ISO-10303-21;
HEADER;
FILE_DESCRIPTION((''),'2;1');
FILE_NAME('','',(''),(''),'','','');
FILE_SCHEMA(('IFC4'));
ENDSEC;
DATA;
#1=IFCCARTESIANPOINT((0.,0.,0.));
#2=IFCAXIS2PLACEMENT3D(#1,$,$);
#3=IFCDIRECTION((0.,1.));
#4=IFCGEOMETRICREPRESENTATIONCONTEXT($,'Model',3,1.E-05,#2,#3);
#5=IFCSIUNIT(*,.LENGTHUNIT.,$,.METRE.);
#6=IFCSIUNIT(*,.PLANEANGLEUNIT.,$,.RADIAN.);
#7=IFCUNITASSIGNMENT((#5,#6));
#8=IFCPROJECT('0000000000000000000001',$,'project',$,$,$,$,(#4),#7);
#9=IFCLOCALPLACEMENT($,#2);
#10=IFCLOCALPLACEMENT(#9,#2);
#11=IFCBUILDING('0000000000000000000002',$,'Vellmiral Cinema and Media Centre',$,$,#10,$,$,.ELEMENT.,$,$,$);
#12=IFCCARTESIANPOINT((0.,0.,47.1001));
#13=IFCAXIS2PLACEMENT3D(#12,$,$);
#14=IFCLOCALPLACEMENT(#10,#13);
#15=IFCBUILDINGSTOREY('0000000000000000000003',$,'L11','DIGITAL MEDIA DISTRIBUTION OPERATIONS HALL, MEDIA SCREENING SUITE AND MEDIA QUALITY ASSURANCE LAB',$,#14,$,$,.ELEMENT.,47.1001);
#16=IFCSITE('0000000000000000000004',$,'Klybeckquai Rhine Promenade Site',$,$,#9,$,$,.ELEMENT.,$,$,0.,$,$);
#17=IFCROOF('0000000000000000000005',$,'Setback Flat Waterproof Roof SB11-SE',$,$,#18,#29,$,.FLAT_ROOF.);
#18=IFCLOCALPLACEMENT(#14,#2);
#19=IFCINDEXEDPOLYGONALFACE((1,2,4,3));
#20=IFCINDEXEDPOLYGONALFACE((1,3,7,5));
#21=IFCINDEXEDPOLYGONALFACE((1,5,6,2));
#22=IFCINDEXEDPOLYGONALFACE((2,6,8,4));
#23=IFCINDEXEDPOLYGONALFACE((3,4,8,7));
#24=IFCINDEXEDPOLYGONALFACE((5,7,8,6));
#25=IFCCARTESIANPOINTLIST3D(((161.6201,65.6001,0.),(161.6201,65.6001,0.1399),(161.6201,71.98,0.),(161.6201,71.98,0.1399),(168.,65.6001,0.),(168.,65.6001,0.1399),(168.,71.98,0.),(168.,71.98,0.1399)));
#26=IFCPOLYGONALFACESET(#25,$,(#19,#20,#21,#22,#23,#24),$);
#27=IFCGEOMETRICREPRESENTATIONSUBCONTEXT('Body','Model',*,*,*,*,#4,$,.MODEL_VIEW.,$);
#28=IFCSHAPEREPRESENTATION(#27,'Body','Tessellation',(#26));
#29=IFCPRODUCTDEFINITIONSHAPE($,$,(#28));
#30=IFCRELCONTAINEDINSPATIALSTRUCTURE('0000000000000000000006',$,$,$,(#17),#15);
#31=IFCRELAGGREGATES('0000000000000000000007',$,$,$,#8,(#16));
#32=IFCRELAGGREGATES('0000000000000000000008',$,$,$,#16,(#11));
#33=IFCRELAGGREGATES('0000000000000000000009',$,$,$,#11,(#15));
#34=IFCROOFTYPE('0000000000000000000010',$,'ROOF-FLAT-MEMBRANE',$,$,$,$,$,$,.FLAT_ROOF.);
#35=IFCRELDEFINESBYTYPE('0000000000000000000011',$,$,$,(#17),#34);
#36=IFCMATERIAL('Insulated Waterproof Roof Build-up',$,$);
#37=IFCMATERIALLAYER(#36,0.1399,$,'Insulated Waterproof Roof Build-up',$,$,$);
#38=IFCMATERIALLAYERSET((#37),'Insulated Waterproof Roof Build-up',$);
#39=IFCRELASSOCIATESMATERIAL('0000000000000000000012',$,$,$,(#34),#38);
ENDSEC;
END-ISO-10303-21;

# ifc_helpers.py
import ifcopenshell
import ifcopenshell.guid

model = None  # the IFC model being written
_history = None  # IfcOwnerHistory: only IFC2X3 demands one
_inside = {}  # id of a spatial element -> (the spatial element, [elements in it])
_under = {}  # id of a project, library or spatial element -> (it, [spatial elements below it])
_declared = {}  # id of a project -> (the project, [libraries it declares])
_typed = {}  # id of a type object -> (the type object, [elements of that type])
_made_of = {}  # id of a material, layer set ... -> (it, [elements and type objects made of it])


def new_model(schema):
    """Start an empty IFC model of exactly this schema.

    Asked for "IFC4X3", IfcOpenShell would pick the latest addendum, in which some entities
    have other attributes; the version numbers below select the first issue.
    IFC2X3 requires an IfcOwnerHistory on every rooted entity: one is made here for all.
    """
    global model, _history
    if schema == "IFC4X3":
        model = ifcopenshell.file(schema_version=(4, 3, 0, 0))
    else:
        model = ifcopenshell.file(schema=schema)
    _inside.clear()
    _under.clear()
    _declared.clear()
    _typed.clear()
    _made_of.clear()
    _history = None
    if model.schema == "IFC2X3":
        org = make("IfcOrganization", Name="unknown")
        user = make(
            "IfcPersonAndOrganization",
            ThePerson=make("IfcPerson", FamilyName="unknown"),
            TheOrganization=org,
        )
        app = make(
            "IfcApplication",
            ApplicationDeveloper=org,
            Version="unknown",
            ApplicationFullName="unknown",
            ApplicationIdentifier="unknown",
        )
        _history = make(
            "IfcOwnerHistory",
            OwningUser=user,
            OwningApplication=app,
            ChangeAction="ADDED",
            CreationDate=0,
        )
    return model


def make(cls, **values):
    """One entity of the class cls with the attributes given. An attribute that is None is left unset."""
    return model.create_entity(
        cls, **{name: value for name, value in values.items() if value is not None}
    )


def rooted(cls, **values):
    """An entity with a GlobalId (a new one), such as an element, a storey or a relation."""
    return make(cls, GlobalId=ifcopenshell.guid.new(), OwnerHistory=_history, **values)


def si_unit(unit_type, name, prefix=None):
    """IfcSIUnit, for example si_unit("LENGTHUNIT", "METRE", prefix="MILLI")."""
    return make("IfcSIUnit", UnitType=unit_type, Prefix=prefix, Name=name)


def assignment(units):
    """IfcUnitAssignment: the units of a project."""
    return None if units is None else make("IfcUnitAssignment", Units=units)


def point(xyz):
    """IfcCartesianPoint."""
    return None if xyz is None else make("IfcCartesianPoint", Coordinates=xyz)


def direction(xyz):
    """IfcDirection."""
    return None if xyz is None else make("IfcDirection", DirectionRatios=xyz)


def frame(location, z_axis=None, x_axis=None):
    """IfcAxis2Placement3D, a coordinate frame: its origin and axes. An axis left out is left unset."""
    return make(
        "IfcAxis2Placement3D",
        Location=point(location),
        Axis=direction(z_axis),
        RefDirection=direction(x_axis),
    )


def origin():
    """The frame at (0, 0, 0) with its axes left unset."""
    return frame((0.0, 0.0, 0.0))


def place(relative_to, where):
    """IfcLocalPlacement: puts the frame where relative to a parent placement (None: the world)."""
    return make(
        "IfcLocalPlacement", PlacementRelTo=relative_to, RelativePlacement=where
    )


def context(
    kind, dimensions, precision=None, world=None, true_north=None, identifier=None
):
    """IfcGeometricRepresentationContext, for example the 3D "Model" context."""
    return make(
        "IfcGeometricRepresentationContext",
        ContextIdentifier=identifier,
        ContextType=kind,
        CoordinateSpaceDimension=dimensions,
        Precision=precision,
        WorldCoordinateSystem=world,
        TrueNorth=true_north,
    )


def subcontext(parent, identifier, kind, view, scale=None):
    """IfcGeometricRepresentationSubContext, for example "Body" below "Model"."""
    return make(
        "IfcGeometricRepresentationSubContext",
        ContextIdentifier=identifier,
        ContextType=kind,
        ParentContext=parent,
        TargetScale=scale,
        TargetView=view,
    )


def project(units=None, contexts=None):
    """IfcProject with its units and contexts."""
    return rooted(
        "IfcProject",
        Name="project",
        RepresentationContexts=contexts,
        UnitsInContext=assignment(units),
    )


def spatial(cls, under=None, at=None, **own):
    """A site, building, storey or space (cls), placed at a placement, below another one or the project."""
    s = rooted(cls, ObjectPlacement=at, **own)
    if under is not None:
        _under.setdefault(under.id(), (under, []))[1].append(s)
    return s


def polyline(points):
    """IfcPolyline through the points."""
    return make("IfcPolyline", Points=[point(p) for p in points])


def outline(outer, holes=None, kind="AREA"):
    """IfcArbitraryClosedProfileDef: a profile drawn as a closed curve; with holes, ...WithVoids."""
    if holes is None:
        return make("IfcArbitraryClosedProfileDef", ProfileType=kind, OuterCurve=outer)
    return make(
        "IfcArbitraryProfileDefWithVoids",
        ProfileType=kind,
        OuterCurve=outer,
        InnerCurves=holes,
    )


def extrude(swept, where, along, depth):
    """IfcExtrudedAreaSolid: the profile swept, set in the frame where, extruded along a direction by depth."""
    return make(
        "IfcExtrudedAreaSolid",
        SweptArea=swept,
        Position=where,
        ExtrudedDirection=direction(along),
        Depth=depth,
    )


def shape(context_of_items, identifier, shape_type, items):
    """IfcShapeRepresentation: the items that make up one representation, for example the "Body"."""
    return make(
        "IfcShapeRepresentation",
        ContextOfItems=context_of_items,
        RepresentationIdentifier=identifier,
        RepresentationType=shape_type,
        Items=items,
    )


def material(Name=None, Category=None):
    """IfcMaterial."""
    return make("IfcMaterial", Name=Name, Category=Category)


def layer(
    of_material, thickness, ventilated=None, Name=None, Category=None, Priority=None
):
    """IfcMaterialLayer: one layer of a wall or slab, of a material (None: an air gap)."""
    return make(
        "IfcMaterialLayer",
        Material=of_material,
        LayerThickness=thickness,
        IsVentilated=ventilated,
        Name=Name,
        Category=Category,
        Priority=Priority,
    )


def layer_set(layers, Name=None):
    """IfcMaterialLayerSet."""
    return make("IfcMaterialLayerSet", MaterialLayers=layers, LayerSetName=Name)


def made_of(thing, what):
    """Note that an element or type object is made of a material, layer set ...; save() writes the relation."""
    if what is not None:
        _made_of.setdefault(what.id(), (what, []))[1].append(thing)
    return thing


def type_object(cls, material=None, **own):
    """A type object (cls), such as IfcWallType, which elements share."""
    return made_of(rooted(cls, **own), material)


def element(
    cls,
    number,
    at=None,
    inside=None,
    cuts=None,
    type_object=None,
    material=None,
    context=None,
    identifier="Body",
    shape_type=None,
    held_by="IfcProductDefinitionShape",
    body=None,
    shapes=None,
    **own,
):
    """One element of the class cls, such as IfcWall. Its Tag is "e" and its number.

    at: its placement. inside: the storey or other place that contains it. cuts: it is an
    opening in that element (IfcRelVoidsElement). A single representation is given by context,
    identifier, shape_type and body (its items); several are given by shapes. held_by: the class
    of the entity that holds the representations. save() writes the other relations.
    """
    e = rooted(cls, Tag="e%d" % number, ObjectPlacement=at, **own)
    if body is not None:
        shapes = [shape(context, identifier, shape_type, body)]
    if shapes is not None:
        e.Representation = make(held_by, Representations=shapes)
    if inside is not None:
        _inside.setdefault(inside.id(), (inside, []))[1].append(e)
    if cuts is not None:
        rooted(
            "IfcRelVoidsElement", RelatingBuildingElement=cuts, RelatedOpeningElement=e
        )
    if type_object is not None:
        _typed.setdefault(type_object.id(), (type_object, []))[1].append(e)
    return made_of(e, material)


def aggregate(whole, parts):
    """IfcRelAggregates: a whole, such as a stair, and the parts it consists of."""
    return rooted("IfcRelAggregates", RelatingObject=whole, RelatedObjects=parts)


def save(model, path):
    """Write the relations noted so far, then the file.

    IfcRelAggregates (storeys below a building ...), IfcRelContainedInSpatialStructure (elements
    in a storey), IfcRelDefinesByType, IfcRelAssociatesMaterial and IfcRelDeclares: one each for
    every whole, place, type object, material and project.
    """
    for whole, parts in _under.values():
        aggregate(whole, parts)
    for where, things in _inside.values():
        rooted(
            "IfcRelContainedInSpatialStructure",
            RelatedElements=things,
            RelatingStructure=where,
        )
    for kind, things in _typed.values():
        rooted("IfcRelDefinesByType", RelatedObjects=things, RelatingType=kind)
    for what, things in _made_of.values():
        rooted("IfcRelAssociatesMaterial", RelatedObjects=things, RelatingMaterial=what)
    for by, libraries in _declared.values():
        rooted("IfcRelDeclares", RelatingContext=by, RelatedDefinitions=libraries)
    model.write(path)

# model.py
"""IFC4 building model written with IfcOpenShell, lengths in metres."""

from ifc_helpers import new_model, si_unit, direction, frame, origin, place, context, subcontext, project, spatial, polyline, outline, extrude, material, layer, layer_set, type_object, element, save


model = new_model("IFC4")

# Units and contexts
model_context = context("Model", 3, precision=1e-05, world=origin(), true_north=direction((0.0, 1.0)))
body_context = subcontext(model_context, "Body", "Model", "MODEL_VIEW")
ifc_project = project(units=[si_unit("LENGTHUNIT", "METRE"), si_unit("PLANEANGLEUNIT", "RADIAN")], contexts=[model_context])

# Site, building, storey
site_placement = place(None, origin())
site = spatial("IfcSite", under=ifc_project, at=site_placement, Name="Klybeckquai Rhine Promenade Site", CompositionType="ELEMENT", RefElevation=0.0)
building_placement = place(site_placement, origin())
building = spatial("IfcBuilding", under=site, at=building_placement, Name="Vellmiral Cinema and Media Centre", CompositionType="ELEMENT")
storey_placement = place(building_placement, frame((0.0, 0.0, 47.1001)))
storey = spatial("IfcBuildingStorey", under=building, at=storey_placement, Name="L11", Description="DIGITAL MEDIA DISTRIBUTION OPERATIONS HALL, MEDIA SCREENING SUITE AND MEDIA QUALITY ASSURANCE LAB", CompositionType="ELEMENT", Elevation=47.1001)

# Roof
ifc_material_1 = material(Name="Insulated Waterproof Roof Build-up")
ifc_layer_1 = layer(ifc_material_1, 0.1399, Name="Insulated Waterproof Roof Build-up")
ifc_layer_set_1 = layer_set([ifc_layer_1], Name="Insulated Waterproof Roof Build-up")
roof_type = type_object("IfcRoofType", Name="ROOF-FLAT-MEMBRANE", PredefinedType="FLAT_ROOF", material=ifc_layer_set_1)
roof_1_placement = place(storey_placement, origin())
element("IfcRoof", 1, at=roof_1_placement, inside=storey, type_object=roof_type, Name="Setback Flat Waterproof Roof SB11-SE", PredefinedType="FLAT_ROOF", context=body_context, shape_type="SweptSolid", body=[
    extrude(outline(polyline([(161.6201, 65.6001), (168.0, 65.6001), (168.0, 71.98), (161.6201, 71.98), (161.6201, 65.6001)])), origin(), (0.0, 0.0, 1.0), 0.1399),
])

save(model, "model.ifc")
